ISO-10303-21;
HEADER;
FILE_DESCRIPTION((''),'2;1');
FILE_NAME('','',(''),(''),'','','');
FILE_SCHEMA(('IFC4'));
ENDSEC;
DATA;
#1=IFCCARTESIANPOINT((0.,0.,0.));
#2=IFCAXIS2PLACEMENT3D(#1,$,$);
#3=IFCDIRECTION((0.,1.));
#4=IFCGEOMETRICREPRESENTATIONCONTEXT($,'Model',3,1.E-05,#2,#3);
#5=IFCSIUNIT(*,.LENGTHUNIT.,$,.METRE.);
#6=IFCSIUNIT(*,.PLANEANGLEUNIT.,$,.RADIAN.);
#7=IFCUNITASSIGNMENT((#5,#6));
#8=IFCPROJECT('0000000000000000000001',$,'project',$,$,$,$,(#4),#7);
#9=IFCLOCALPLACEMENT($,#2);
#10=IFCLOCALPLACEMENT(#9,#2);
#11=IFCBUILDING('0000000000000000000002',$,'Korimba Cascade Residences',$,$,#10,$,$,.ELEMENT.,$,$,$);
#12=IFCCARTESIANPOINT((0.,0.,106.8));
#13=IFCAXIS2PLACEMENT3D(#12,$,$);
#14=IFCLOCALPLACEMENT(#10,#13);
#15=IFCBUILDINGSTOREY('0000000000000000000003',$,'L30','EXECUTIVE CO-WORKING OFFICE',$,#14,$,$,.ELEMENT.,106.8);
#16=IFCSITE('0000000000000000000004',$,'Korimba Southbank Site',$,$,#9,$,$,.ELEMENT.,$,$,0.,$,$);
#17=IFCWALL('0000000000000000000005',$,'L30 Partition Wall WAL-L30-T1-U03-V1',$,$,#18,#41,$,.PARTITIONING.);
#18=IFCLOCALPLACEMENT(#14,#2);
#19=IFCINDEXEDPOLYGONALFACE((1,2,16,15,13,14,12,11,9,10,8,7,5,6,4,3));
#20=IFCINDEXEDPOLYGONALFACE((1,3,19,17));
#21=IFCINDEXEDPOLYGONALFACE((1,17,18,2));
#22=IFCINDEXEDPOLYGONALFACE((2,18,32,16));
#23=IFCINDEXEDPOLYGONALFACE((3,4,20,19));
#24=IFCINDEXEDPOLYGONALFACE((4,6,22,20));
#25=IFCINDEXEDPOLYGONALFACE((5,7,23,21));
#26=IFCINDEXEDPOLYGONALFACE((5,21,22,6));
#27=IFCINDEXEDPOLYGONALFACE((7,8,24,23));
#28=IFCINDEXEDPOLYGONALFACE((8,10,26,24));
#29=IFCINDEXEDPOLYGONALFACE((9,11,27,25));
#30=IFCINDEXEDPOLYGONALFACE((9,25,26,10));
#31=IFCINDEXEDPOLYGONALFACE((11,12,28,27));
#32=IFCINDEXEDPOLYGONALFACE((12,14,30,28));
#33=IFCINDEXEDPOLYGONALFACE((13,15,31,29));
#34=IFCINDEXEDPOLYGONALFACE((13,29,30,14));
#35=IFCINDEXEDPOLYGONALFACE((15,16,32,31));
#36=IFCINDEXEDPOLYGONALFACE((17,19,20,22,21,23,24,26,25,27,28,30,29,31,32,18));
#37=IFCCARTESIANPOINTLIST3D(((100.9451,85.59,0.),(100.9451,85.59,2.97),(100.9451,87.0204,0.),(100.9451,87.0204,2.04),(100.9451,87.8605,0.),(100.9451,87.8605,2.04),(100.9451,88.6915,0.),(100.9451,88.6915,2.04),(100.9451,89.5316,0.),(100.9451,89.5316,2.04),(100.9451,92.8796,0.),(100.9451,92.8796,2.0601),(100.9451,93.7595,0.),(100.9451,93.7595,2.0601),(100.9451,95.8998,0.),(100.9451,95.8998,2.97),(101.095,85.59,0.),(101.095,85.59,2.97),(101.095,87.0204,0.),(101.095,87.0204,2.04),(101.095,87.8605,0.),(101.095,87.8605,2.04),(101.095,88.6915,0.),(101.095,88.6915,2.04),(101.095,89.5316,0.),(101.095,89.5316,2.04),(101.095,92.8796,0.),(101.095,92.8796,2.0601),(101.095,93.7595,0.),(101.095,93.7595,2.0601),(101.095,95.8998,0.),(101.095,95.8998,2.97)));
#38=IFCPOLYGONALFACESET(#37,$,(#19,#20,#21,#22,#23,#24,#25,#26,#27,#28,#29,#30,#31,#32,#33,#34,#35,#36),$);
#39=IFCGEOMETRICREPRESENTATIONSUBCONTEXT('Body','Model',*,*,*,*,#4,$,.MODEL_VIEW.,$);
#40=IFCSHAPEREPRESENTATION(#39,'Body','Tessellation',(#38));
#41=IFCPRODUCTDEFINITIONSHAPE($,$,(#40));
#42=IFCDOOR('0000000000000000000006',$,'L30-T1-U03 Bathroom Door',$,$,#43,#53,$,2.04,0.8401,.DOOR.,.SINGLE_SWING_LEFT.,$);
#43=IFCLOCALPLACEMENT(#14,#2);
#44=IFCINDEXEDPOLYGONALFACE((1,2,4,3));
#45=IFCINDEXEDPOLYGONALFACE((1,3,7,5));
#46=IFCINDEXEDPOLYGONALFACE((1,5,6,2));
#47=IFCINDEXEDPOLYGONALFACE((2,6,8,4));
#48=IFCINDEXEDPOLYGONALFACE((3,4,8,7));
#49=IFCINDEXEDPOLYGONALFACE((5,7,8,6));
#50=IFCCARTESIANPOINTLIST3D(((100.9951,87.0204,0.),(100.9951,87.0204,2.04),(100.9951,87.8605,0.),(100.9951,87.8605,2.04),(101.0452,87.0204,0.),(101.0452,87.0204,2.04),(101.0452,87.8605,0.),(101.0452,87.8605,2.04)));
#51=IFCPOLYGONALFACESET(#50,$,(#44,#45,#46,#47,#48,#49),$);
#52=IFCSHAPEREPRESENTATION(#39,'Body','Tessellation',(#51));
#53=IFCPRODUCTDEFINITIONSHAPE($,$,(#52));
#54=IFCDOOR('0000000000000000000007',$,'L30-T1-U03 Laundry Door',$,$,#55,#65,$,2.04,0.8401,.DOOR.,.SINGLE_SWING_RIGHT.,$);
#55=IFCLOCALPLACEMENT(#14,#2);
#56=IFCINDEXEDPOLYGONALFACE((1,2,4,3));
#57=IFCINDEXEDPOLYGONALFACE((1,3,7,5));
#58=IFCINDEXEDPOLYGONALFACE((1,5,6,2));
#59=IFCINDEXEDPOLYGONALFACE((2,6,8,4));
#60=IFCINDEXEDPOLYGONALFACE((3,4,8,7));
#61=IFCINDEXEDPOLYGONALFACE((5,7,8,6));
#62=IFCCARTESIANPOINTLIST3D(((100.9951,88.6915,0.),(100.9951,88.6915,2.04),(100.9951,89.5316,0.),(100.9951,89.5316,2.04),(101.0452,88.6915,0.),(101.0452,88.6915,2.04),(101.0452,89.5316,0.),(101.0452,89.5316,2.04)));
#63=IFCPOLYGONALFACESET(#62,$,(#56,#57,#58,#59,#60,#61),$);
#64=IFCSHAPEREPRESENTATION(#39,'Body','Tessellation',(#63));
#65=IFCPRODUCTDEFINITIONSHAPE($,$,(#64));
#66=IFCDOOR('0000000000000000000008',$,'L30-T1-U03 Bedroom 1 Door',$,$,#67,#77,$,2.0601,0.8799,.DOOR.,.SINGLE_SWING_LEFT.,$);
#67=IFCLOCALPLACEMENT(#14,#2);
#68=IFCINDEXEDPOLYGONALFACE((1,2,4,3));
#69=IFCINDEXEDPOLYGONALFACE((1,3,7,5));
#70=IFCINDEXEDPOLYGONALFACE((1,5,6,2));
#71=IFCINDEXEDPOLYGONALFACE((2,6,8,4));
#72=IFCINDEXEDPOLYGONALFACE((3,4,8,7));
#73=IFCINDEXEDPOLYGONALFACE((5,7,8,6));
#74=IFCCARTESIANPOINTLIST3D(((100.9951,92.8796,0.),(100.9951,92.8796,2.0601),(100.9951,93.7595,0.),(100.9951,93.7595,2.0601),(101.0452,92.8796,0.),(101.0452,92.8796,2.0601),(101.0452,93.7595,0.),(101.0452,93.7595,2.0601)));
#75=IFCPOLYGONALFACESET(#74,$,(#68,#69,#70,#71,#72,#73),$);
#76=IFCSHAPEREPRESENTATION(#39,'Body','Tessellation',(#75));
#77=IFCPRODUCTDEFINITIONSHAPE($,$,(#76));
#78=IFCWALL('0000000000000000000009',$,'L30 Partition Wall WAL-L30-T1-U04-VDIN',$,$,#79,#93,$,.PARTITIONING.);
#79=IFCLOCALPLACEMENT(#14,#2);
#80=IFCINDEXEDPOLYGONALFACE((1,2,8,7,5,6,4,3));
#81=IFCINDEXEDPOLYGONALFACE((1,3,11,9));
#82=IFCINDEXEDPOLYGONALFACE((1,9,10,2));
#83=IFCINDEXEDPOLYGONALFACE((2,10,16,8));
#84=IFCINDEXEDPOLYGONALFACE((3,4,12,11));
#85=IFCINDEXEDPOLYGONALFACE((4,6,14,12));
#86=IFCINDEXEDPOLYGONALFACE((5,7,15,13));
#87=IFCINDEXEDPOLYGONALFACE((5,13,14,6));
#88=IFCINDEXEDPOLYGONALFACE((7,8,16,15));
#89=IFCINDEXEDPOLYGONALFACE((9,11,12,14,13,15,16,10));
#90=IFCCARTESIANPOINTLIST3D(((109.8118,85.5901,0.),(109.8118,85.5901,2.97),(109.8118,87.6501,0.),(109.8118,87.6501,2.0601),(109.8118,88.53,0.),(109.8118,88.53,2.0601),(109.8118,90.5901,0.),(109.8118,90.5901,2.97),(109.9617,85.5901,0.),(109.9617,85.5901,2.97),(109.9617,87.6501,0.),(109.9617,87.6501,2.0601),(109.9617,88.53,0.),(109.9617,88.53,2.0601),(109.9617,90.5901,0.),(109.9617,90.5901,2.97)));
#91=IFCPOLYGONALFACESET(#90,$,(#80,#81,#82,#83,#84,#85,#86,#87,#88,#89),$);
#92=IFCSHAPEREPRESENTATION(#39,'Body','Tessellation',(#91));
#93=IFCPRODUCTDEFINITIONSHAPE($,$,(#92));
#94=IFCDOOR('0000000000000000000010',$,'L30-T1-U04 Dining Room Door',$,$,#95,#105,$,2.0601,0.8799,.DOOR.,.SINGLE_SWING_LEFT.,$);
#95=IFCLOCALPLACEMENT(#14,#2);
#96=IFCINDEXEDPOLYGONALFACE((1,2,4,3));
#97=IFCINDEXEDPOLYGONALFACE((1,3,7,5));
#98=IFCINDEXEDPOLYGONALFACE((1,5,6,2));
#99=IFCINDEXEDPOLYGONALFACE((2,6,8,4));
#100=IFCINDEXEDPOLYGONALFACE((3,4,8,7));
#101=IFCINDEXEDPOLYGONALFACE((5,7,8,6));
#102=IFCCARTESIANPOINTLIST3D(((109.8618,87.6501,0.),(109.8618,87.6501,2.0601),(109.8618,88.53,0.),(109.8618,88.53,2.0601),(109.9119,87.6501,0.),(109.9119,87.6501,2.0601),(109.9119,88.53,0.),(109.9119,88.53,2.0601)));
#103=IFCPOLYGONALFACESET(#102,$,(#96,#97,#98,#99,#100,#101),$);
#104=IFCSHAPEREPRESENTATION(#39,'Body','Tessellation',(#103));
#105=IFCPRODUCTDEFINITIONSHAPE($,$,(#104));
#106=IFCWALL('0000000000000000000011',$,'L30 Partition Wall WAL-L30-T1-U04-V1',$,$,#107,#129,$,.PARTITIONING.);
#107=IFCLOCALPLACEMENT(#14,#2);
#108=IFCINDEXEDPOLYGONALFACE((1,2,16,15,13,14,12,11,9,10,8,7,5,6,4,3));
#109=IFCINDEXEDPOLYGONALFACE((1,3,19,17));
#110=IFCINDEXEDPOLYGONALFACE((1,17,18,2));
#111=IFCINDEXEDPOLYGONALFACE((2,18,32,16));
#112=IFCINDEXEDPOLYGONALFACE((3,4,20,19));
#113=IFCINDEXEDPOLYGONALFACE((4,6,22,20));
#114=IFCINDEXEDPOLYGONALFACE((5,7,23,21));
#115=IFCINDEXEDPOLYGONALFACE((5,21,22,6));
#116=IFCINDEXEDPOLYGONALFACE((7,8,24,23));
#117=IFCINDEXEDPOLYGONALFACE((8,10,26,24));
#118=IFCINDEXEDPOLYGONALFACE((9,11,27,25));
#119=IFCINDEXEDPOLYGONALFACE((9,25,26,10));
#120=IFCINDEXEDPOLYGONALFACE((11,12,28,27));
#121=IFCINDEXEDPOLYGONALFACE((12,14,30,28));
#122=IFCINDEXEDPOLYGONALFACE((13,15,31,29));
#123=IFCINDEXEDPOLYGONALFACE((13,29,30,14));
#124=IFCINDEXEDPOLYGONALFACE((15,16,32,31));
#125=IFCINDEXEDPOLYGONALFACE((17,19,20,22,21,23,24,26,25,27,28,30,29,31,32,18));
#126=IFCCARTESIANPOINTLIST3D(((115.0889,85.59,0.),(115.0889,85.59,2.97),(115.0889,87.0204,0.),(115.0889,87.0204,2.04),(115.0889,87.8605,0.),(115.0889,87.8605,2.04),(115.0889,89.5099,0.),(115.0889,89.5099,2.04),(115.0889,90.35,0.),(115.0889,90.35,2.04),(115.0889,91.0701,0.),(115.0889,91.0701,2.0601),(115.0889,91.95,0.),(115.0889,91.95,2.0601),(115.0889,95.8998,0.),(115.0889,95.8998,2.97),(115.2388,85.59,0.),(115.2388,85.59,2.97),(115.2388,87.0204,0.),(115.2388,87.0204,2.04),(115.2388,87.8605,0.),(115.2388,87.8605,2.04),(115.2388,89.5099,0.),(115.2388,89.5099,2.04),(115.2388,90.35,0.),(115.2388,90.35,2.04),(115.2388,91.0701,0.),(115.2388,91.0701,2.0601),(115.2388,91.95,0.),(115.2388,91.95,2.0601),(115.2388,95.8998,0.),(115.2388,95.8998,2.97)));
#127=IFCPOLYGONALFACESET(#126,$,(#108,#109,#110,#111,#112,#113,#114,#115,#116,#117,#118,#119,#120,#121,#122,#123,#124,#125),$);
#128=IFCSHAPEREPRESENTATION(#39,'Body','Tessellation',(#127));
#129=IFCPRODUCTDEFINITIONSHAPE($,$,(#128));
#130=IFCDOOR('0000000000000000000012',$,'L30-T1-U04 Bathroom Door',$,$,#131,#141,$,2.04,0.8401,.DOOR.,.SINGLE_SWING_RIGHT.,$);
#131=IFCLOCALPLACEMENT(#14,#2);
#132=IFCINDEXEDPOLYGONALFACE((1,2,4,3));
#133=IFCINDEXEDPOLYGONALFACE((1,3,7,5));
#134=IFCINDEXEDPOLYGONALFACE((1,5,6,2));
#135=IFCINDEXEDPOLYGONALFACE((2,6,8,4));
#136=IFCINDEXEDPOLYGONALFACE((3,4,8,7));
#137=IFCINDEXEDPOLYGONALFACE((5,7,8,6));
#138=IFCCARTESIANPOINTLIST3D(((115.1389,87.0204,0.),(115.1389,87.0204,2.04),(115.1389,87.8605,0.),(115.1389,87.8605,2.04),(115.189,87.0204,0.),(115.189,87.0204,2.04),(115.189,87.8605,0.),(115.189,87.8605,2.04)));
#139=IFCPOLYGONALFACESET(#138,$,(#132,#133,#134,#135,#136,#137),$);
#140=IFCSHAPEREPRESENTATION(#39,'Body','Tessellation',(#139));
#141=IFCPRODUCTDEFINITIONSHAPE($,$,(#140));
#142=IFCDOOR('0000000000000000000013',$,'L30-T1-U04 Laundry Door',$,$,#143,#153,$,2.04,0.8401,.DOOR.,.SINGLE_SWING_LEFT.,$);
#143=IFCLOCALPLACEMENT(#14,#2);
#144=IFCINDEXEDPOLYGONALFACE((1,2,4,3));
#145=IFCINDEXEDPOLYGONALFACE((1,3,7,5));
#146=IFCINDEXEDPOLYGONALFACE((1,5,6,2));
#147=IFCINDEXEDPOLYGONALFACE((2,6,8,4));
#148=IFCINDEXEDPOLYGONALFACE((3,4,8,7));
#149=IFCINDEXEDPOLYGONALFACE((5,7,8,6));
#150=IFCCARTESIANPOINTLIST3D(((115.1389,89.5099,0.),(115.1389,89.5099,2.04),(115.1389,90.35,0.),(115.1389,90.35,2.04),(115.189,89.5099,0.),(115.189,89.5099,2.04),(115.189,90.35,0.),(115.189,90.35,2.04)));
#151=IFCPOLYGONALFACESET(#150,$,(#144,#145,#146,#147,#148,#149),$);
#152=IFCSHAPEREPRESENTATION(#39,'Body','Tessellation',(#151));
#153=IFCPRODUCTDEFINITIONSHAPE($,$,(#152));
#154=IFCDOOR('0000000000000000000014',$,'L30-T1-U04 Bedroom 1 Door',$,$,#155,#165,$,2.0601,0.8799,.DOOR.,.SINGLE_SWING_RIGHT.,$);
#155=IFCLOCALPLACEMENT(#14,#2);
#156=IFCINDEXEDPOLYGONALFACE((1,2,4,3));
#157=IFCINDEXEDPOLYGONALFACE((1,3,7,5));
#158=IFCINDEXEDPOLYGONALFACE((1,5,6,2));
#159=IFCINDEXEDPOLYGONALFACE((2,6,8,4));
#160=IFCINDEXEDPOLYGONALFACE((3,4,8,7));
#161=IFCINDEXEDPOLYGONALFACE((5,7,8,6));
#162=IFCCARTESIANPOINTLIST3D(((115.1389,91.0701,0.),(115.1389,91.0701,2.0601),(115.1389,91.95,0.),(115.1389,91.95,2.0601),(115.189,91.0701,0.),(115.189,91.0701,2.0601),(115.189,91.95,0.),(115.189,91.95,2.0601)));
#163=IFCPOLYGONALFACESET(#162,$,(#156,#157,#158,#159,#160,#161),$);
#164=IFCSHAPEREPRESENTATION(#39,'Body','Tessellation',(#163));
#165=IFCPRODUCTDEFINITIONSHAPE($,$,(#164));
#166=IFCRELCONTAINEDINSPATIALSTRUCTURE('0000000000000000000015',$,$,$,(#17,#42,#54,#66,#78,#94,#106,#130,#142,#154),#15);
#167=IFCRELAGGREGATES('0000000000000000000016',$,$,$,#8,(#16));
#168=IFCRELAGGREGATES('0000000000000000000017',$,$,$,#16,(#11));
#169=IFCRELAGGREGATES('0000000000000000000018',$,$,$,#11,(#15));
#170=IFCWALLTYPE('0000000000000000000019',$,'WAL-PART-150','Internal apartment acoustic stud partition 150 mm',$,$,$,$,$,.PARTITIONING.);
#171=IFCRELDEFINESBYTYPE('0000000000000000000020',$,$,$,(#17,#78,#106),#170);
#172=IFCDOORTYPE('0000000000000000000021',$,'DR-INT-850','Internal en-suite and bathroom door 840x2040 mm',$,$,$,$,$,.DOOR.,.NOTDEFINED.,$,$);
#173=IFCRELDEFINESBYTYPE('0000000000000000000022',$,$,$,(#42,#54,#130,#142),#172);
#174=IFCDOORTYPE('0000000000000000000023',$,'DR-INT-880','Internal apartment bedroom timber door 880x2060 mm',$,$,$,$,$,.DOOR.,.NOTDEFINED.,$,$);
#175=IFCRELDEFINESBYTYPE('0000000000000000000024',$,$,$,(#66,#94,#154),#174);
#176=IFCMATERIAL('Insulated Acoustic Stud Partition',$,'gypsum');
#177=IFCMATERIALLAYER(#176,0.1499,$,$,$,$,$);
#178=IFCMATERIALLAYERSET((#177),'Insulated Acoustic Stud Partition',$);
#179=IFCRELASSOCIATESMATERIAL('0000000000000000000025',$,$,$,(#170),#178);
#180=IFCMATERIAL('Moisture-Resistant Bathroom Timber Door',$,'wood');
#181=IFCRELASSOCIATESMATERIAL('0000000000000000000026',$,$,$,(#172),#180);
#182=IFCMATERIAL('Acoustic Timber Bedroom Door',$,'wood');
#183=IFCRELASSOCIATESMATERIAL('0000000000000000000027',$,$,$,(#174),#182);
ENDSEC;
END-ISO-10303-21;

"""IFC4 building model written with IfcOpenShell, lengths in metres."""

from ifc_helpers import new_model, si_unit, direction, frame, frame_2d, origin, place, context, subcontext, project, spatial, rectangle, extrude, material, layer, layer_set, type_object, element, fill, save


model = new_model("IFC4")

# Units and contexts
model_context = context("Model", 3, precision=1e-05, world=origin(), true_north=direction((0.0, 1.0)))
body_context = subcontext(model_context, "Body", "Model", "MODEL_VIEW")
ifc_project = project(units=[si_unit("LENGTHUNIT", "METRE"), si_unit("PLANEANGLEUNIT", "RADIAN")], contexts=[model_context])

# Site, building, storey
site_placement = place(None, origin())
site = spatial("IfcSite", under=ifc_project, at=site_placement, Name="Korimba Southbank Site", CompositionType="ELEMENT", RefElevation=0.0)
building_placement = place(site_placement, origin())
building = spatial("IfcBuilding", under=site, at=building_placement, Name="Korimba Cascade Residences", CompositionType="ELEMENT")
storey_placement = place(building_placement, frame((0.0, 0.0, 106.8)))
storey = spatial("IfcBuildingStorey", under=building, at=storey_placement, Name="L30", Description="EXECUTIVE CO-WORKING OFFICE", CompositionType="ELEMENT", Elevation=106.8)

# Shared definitions
ifc_material_1 = material(Name="Insulated Acoustic Stud Partition", Category="gypsum")
ifc_layer = layer(ifc_material_1, 0.1499)
ifc_layer_set = layer_set([ifc_layer], Name="Insulated Acoustic Stud Partition")
wall_type = type_object("IfcWallType", Name="WAL-PART-150", Description="Internal apartment acoustic stud partition 150 mm", PredefinedType="PARTITIONING", material=ifc_layer_set)

# Wall, openings, doors
wall_1_placement = place(storey_placement, frame((101.02, 85.5901, 0.0), z_axis=(0.0, 0.0, 1.0), x_axis=(0.0, 1.0, 0.0)))
wall_1 = element("IfcWall", 1, at=wall_1_placement, inside=storey, type_object=wall_type, Name="L30 Partition Wall WAL-L30-T1-U03-V1", PredefinedType="PARTITIONING", context=body_context, shape_type="SweptSolid", body=[
    extrude(rectangle(XDim=10.3098, YDim=0.1499, at=frame_2d((5.1548, 0.0))), origin(), (0.0, 0.0, 1.0), 2.97),
])
opening_1_placement = place(wall_1_placement, frame((1.4304, 0.0, 0.0)))
opening_1 = element("IfcOpeningElement", 2, at=opening_1_placement, cuts=wall_1, PredefinedType="OPENING", context=body_context, shape_type="SweptSolid", body=[
    extrude(rectangle(XDim=0.8401, YDim=2.04, at=frame_2d((0.4199, 1.02))), frame((0.0, 0.085, 0.0), z_axis=(0.0, -1.0, 0.0), x_axis=(1.0, 0.0, 0.0)), (0.0, 0.0, 1.0), 0.1699),
])
opening_2_placement = place(wall_1_placement, frame((3.1016, 0.0, 0.0)))
opening_2 = element("IfcOpeningElement", 3, at=opening_2_placement, cuts=wall_1, PredefinedType="OPENING", context=body_context, shape_type="SweptSolid", body=[
    extrude(rectangle(XDim=0.8401, YDim=2.04, at=frame_2d((0.4199, 1.02))), frame((0.0, 0.085, 0.0), z_axis=(0.0, -1.0, 0.0), x_axis=(1.0, 0.0, 0.0)), (0.0, 0.0, 1.0), 0.1699),
])
opening_3_placement = place(wall_1_placement, frame((7.2896, 0.0, 0.0)))
opening_3 = element("IfcOpeningElement", 4, at=opening_3_placement, cuts=wall_1, PredefinedType="OPENING", context=body_context, shape_type="SweptSolid", body=[
    extrude(rectangle(XDim=0.8799, YDim=2.0601, at=frame_2d((0.4399, 1.03))), frame((0.0, 0.085, 0.0), z_axis=(0.0, -1.0, 0.0), x_axis=(1.0, 0.0, 0.0)), (0.0, 0.0, 1.0), 0.1699),
])
ifc_material_2 = material(Name="Moisture-Resistant Bathroom Timber Door", Category="wood")
door_type_1 = type_object("IfcDoorType", Name="DR-INT-850", Description="Internal en-suite and bathroom door 840x2040 mm", OperationType="NOTDEFINED", PredefinedType="DOOR", material=ifc_material_2)
door_1_placement = place(opening_1_placement, origin())
door_1 = element("IfcDoor", 5, at=door_1_placement, inside=storey, type_object=door_type_1, Name="L30-T1-U03 Bathroom Door", OperationType="SINGLE_SWING_LEFT", OverallHeight=2.04, OverallWidth=0.8401, PredefinedType="DOOR", context=body_context, shape_type="SweptSolid", body=[
    extrude(rectangle(XDim=0.8401, YDim=2.04, at=frame_2d((0.4199, 1.02))), frame((0.0, 0.0249, 0.0), z_axis=(0.0, -1.0, 0.0), x_axis=(1.0, 0.0, 0.0)), (0.0, 0.0, 1.0), 0.05),
])
fill(opening_1, door_1)
door_2_placement = place(opening_2_placement, origin())
door_2 = element("IfcDoor", 6, at=door_2_placement, inside=storey, type_object=door_type_1, Name="L30-T1-U03 Laundry Door", OperationType="SINGLE_SWING_RIGHT", OverallHeight=2.04, OverallWidth=0.8401, PredefinedType="DOOR", context=body_context, shape_type="SweptSolid", body=[
    extrude(rectangle(XDim=0.8401, YDim=2.04, at=frame_2d((0.4199, 1.02))), frame((0.0, 0.0249, 0.0), z_axis=(0.0, -1.0, 0.0), x_axis=(1.0, 0.0, 0.0)), (0.0, 0.0, 1.0), 0.05),
])
fill(opening_2, door_2)
ifc_material_3 = material(Name="Acoustic Timber Bedroom Door", Category="wood")
door_type_2 = type_object("IfcDoorType", Name="DR-INT-880", Description="Internal apartment bedroom timber door 880x2060 mm", OperationType="NOTDEFINED", PredefinedType="DOOR", material=ifc_material_3)
door_3_placement = place(opening_3_placement, origin())
door_3 = element("IfcDoor", 7, at=door_3_placement, inside=storey, type_object=door_type_2, Name="L30-T1-U03 Bedroom 1 Door", OperationType="SINGLE_SWING_LEFT", OverallHeight=2.0601, OverallWidth=0.8799, PredefinedType="DOOR", context=body_context, shape_type="SweptSolid", body=[
    extrude(rectangle(XDim=0.8799, YDim=2.0601, at=frame_2d((0.4399, 1.03))), frame((0.0, 0.0249, 0.0), z_axis=(0.0, -1.0, 0.0), x_axis=(1.0, 0.0, 0.0)), (0.0, 0.0, 1.0), 0.05),
])
fill(opening_3, door_3)

# Wall, opening, door
wall_2_placement = place(storey_placement, frame((109.8867, 85.5901, 0.0), z_axis=(0.0, 0.0, 1.0), x_axis=(0.0, 1.0, 0.0)))
wall_2 = element("IfcWall", 8, at=wall_2_placement, inside=storey, type_object=wall_type, Name="L30 Partition Wall WAL-L30-T1-U04-VDIN", PredefinedType="PARTITIONING", context=body_context, shape_type="SweptSolid", body=[
    extrude(rectangle(XDim=5.0, YDim=0.1499, at=frame_2d((2.5, 0.0))), origin(), (0.0, 0.0, 1.0), 2.97),
])
opening_4_placement = place(wall_2_placement, frame((2.0601, 0.0, 0.0)))
opening_4 = element("IfcOpeningElement", 9, at=opening_4_placement, cuts=wall_2, PredefinedType="OPENING", context=body_context, shape_type="SweptSolid", body=[
    extrude(rectangle(XDim=0.8799, YDim=2.0601, at=frame_2d((0.4399, 1.03))), frame((0.0, 0.085, 0.0), z_axis=(0.0, -1.0, 0.0), x_axis=(1.0, 0.0, 0.0)), (0.0, 0.0, 1.0), 0.1699),
])
door_4_placement = place(opening_4_placement, origin())
door_4 = element("IfcDoor", 10, at=door_4_placement, inside=storey, type_object=door_type_2, Name="L30-T1-U04 Dining Room Door", OperationType="SINGLE_SWING_LEFT", OverallHeight=2.0601, OverallWidth=0.8799, PredefinedType="DOOR", context=body_context, shape_type="SweptSolid", body=[
    extrude(rectangle(XDim=0.8799, YDim=2.0601, at=frame_2d((0.4399, 1.03))), frame((0.0, 0.0249, 0.0), z_axis=(0.0, -1.0, 0.0), x_axis=(1.0, 0.0, 0.0)), (0.0, 0.0, 1.0), 0.05),
])
fill(opening_4, door_4)

# Wall, openings, doors
wall_3_placement = place(storey_placement, frame((115.1638, 85.5901, 0.0), z_axis=(0.0, 0.0, 1.0), x_axis=(0.0, 1.0, 0.0)))
wall_3 = element("IfcWall", 11, at=wall_3_placement, inside=storey, type_object=wall_type, Name="L30 Partition Wall WAL-L30-T1-U04-V1", PredefinedType="PARTITIONING", context=body_context, shape_type="SweptSolid", body=[
    extrude(rectangle(XDim=10.3098, YDim=0.1499, at=frame_2d((5.1548, 0.0))), origin(), (0.0, 0.0, 1.0), 2.97),
])
opening_5_placement = place(wall_3_placement, frame((1.4304, 0.0, 0.0)))
opening_5 = element("IfcOpeningElement", 12, at=opening_5_placement, cuts=wall_3, PredefinedType="OPENING", context=body_context, shape_type="SweptSolid", body=[
    extrude(rectangle(XDim=0.8401, YDim=2.04, at=frame_2d((0.4199, 1.02))), frame((0.0, 0.085, 0.0), z_axis=(0.0, -1.0, 0.0), x_axis=(1.0, 0.0, 0.0)), (0.0, 0.0, 1.0), 0.1699),
])
opening_6_placement = place(wall_3_placement, frame((3.9199, 0.0, 0.0)))
opening_6 = element("IfcOpeningElement", 13, at=opening_6_placement, cuts=wall_3, PredefinedType="OPENING", context=body_context, shape_type="SweptSolid", body=[
    extrude(rectangle(XDim=0.8401, YDim=2.04, at=frame_2d((0.4199, 1.02))), frame((0.0, 0.085, 0.0), z_axis=(0.0, -1.0, 0.0), x_axis=(1.0, 0.0, 0.0)), (0.0, 0.0, 1.0), 0.1699),
])
opening_7_placement = place(wall_3_placement, frame((5.48, 0.0, 0.0)))
opening_7 = element("IfcOpeningElement", 14, at=opening_7_placement, cuts=wall_3, PredefinedType="OPENING", context=body_context, shape_type="SweptSolid", body=[
    extrude(rectangle(XDim=0.8799, YDim=2.0601, at=frame_2d((0.4399, 1.03))), frame((0.0, 0.085, 0.0), z_axis=(0.0, -1.0, 0.0), x_axis=(1.0, 0.0, 0.0)), (0.0, 0.0, 1.0), 0.1699),
])
door_5_placement = place(opening_5_placement, origin())
door_5 = element("IfcDoor", 15, at=door_5_placement, inside=storey, type_object=door_type_1, Name="L30-T1-U04 Bathroom Door", OperationType="SINGLE_SWING_RIGHT", OverallHeight=2.04, OverallWidth=0.8401, PredefinedType="DOOR", context=body_context, shape_type="SweptSolid", body=[
    extrude(rectangle(XDim=0.8401, YDim=2.04, at=frame_2d((0.4199, 1.02))), frame((0.0, 0.0249, 0.0), z_axis=(0.0, -1.0, 0.0), x_axis=(1.0, 0.0, 0.0)), (0.0, 0.0, 1.0), 0.05),
])
fill(opening_5, door_5)
door_6_placement = place(opening_6_placement, origin())
door_6 = element("IfcDoor", 16, at=door_6_placement, inside=storey, type_object=door_type_1, Name="L30-T1-U04 Laundry Door", OperationType="SINGLE_SWING_LEFT", OverallHeight=2.04, OverallWidth=0.8401, PredefinedType="DOOR", context=body_context, shape_type="SweptSolid", body=[
    extrude(rectangle(XDim=0.8401, YDim=2.04, at=frame_2d((0.4199, 1.02))), frame((0.0, 0.0249, 0.0), z_axis=(0.0, -1.0, 0.0), x_axis=(1.0, 0.0, 0.0)), (0.0, 0.0, 1.0), 0.05),
])
fill(opening_6, door_6)
door_7_placement = place(opening_7_placement, origin())
door_7 = element("IfcDoor", 17, at=door_7_placement, inside=storey, type_object=door_type_2, Name="L30-T1-U04 Bedroom 1 Door", OperationType="SINGLE_SWING_RIGHT", OverallHeight=2.0601, OverallWidth=0.8799, PredefinedType="DOOR", context=body_context, shape_type="SweptSolid", body=[
    extrude(rectangle(XDim=0.8799, YDim=2.0601, at=frame_2d((0.4399, 1.03))), frame((0.0, 0.0249, 0.0), z_axis=(0.0, -1.0, 0.0), x_axis=(1.0, 0.0, 0.0)), (0.0, 0.0, 1.0), 0.05),
])
fill(opening_7, door_7)

save(model, "model.ifc")
